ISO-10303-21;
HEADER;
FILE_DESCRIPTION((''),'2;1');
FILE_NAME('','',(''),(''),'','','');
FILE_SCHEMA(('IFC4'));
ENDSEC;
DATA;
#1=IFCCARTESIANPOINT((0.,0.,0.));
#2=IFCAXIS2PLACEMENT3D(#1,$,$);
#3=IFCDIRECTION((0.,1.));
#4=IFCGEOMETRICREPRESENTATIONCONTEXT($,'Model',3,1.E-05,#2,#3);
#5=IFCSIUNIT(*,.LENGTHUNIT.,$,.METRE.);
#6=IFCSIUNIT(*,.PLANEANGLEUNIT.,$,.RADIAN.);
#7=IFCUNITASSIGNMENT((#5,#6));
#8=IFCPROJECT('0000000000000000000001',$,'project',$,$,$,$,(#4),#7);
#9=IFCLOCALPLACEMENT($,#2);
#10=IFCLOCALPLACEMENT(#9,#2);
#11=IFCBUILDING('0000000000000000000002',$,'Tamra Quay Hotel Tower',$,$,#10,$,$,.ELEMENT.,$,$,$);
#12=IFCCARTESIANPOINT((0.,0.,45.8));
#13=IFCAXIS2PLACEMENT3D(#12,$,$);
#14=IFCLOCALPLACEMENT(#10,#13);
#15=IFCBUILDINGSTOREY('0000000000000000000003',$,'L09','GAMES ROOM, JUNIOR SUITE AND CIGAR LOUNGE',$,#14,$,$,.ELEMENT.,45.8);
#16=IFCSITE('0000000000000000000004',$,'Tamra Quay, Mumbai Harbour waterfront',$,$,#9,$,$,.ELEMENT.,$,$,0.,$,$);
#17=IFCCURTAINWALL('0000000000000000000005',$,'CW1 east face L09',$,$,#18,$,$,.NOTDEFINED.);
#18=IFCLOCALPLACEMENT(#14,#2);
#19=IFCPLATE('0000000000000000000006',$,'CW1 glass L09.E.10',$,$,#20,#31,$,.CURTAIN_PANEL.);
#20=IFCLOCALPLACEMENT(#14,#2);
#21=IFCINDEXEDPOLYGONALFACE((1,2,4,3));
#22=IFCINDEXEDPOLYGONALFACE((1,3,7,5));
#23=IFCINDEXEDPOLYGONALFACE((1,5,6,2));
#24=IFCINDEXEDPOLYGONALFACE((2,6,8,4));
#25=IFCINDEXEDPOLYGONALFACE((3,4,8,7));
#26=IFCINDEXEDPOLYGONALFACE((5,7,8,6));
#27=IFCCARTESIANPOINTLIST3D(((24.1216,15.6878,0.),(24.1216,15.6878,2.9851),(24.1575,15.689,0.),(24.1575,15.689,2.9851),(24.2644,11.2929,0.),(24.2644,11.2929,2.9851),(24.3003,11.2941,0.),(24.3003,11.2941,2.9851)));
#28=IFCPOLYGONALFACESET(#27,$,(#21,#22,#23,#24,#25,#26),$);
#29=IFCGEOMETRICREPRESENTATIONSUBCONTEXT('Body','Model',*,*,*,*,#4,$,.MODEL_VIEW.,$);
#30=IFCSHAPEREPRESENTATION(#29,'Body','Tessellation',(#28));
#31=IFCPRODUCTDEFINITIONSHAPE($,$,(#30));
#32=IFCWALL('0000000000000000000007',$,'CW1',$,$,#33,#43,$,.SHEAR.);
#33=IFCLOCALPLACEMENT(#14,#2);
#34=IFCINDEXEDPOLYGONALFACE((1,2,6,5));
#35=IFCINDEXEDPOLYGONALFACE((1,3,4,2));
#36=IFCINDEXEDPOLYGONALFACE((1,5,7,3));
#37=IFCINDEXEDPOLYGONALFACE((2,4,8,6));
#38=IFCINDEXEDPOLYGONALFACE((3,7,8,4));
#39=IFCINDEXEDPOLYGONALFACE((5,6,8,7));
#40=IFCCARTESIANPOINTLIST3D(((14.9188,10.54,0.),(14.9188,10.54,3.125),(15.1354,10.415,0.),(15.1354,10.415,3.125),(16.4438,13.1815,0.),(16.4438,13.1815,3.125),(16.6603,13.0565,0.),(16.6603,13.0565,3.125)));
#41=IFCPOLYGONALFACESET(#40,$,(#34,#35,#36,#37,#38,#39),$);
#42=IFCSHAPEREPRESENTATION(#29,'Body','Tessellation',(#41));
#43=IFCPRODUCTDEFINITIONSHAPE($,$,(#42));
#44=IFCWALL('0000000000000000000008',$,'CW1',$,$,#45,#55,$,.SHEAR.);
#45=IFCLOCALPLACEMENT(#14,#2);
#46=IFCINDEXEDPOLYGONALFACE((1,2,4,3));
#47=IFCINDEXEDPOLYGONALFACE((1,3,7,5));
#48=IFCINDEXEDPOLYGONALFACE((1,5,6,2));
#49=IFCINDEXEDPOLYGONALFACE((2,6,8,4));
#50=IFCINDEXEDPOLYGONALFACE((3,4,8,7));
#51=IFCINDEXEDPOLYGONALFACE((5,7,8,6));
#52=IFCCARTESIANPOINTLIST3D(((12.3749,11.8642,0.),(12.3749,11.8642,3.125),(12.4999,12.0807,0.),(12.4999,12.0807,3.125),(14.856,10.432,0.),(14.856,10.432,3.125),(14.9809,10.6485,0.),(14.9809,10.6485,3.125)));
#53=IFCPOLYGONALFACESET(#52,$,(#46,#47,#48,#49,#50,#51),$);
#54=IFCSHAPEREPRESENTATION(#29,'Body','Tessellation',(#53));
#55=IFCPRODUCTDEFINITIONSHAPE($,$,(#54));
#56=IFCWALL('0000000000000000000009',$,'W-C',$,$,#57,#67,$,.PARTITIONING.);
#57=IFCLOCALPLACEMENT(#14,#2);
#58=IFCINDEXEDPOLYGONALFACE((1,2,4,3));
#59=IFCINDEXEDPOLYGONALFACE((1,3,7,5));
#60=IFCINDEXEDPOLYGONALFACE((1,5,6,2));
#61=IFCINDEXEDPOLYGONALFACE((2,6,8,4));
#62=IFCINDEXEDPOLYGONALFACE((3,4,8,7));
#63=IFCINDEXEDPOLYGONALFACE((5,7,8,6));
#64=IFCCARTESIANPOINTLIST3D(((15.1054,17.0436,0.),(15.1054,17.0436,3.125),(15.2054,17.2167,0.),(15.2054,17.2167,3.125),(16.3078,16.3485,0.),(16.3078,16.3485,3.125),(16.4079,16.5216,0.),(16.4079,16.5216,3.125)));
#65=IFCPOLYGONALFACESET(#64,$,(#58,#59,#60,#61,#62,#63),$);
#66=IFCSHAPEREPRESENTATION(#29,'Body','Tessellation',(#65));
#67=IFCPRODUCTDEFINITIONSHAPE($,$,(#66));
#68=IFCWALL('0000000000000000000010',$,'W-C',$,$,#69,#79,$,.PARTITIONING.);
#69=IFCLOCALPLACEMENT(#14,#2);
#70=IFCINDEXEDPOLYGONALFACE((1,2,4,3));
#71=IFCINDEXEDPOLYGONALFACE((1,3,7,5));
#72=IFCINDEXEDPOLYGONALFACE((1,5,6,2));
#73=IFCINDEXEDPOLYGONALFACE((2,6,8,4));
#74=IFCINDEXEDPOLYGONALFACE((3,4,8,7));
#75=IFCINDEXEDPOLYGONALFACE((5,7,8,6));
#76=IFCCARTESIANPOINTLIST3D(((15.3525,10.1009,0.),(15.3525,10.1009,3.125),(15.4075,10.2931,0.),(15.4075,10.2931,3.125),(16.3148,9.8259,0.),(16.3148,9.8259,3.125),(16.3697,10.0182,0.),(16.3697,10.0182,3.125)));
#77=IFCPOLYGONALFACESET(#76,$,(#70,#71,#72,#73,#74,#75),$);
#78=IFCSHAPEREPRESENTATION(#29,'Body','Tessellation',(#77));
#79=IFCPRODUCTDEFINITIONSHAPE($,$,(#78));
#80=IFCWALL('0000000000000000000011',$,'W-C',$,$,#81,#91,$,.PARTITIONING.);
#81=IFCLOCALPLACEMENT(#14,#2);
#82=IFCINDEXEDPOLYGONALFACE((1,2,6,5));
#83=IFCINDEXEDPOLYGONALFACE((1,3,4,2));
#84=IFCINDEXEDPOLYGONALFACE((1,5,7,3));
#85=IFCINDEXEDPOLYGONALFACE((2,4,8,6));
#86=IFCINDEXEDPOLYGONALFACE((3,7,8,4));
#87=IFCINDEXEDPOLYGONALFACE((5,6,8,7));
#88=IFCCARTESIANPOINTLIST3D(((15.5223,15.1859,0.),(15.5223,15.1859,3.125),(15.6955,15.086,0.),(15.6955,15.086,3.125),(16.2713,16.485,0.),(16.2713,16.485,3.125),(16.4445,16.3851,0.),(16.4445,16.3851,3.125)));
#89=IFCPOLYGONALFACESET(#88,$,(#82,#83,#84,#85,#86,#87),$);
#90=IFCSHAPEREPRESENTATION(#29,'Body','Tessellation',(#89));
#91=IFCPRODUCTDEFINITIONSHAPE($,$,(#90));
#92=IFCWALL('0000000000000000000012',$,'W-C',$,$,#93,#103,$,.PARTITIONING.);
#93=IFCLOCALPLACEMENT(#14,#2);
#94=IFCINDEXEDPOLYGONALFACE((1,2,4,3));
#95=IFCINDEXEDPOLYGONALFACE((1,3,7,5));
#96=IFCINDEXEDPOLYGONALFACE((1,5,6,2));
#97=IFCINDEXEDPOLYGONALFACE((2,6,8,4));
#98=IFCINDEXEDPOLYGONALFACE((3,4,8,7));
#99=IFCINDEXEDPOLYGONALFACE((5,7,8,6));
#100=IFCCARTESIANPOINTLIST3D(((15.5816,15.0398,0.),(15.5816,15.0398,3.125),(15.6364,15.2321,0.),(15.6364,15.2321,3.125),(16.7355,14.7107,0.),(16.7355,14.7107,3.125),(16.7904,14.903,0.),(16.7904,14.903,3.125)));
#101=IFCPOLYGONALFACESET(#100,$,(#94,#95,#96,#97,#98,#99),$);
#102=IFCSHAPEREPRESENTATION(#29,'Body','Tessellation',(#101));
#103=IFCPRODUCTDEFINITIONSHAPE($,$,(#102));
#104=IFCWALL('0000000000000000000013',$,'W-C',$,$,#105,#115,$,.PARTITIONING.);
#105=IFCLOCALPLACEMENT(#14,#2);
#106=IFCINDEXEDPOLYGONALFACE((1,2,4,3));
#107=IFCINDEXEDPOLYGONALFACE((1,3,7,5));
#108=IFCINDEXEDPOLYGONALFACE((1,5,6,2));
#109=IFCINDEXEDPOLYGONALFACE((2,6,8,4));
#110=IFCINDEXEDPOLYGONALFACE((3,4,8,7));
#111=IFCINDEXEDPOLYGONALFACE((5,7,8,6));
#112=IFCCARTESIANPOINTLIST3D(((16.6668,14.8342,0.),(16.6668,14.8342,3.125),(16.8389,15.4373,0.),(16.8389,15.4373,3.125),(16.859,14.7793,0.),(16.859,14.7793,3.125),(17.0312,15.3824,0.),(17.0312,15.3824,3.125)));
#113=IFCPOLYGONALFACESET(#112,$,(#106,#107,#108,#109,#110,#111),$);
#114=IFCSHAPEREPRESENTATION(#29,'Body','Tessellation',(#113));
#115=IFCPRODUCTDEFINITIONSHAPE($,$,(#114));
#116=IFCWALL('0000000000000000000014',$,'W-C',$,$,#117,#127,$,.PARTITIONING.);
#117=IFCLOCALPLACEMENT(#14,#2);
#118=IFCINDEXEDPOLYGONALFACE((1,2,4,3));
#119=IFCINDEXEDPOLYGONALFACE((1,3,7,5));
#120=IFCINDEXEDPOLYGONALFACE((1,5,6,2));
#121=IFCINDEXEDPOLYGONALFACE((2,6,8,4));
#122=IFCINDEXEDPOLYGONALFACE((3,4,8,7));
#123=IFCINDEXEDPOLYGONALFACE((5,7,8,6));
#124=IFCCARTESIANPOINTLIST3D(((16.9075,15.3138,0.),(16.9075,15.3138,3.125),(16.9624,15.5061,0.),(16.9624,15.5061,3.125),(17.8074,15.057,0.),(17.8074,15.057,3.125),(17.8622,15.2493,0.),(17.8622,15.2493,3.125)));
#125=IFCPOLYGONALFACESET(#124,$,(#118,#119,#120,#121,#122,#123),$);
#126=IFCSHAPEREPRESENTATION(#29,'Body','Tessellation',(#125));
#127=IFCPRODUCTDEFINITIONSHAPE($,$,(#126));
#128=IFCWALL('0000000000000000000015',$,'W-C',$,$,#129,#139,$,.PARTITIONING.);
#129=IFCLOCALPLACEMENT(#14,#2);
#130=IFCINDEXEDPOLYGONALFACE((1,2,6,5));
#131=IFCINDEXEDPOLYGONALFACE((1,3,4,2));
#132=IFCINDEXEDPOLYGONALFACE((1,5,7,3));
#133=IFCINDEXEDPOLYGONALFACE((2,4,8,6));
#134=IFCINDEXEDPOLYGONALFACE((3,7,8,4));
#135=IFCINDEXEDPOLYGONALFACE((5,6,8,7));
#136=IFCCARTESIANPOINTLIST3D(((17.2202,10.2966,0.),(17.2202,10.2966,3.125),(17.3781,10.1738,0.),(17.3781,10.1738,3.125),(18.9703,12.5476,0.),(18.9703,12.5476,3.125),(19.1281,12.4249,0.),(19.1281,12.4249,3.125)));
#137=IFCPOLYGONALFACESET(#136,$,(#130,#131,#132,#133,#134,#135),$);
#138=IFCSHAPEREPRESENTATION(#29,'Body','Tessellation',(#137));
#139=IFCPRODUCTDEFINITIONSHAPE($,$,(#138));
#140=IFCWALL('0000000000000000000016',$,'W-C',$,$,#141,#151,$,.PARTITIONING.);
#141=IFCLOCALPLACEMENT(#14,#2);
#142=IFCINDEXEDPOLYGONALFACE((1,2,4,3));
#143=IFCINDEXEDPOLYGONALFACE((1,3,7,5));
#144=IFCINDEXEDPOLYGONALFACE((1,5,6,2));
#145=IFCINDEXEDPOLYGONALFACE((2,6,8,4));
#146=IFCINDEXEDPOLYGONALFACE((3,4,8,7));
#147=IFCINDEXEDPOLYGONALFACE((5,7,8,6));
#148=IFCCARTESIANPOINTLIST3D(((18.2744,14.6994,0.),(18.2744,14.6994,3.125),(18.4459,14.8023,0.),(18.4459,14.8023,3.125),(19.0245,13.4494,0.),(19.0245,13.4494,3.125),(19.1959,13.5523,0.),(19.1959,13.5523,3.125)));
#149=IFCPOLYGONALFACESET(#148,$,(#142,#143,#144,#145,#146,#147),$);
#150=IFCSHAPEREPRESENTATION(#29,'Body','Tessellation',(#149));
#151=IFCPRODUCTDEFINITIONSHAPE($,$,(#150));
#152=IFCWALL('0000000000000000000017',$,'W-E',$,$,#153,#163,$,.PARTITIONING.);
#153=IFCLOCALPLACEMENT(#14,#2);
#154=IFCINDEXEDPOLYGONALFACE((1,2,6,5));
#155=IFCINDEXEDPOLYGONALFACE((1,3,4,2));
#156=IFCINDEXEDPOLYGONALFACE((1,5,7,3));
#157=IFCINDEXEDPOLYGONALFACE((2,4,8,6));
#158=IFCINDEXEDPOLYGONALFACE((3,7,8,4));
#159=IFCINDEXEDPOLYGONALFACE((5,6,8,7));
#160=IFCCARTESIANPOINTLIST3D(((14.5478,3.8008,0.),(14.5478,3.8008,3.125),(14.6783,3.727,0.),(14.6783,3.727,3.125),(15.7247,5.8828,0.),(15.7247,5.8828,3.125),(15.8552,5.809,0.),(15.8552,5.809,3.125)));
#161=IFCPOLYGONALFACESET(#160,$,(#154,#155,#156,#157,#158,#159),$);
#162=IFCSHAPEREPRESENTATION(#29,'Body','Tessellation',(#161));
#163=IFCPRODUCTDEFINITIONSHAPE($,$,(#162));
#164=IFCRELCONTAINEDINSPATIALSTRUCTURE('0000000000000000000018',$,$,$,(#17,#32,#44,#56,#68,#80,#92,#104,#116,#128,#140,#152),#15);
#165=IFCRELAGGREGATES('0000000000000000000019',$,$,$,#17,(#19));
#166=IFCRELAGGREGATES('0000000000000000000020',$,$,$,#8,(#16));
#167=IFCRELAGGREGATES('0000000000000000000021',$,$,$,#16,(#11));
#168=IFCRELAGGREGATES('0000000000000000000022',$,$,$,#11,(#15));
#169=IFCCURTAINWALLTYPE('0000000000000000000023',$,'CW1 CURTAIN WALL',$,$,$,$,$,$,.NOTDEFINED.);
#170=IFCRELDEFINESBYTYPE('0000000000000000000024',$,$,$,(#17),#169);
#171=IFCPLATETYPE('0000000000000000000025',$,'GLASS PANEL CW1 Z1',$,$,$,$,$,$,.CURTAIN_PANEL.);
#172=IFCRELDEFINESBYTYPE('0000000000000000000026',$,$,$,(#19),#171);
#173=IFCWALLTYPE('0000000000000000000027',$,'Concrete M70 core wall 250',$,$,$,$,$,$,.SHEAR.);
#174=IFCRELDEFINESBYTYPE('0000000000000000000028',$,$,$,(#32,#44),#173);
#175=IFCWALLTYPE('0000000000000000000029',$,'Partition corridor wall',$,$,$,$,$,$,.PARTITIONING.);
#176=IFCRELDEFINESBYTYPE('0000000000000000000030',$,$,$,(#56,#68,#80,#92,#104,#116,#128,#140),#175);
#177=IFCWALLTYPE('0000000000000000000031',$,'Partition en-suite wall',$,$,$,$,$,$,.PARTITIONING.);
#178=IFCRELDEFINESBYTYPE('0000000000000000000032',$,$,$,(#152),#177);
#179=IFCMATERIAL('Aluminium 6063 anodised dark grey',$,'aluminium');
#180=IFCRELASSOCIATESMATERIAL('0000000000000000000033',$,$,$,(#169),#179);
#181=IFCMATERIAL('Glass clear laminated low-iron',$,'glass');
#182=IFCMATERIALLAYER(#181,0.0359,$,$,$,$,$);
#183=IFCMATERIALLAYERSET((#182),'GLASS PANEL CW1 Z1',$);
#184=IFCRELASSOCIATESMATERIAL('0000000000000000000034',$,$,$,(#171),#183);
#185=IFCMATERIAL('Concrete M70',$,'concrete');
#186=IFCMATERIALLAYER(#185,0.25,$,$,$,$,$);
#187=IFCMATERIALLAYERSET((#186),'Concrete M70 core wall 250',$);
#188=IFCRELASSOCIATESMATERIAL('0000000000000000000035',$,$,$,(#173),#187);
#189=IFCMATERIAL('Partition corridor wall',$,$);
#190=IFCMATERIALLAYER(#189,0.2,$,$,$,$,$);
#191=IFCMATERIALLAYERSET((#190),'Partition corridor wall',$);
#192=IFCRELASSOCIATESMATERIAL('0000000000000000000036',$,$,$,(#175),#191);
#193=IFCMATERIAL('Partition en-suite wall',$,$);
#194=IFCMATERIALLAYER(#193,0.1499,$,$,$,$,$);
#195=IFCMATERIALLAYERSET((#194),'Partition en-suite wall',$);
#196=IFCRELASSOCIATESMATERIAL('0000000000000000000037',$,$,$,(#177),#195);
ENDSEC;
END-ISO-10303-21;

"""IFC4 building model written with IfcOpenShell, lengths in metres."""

from ifc_helpers import new_model, si_unit, direction, frame, frame_2d, origin, origin_2d, place, context, subcontext, project, spatial, rectangle, extrude, material, layer, layer_set, type_object, element, aggregate, save


model = new_model("IFC4")

# Units and contexts
model_context = context("Model", 3, precision=1e-05, world=origin(), true_north=direction((0.0, 1.0)))
body_context = subcontext(model_context, "Body", "Model", "MODEL_VIEW")
ifc_project = project(units=[si_unit("LENGTHUNIT", "METRE"), si_unit("PLANEANGLEUNIT", "RADIAN")], contexts=[model_context])

# Site, building, storey
site_placement = place(None, origin())
site = spatial("IfcSite", under=ifc_project, at=site_placement, Name="Tamra Quay, Mumbai Harbour waterfront", CompositionType="ELEMENT", RefElevation=0.0)
building_placement = place(site_placement, origin())
building = spatial("IfcBuilding", under=site, at=building_placement, Name="Tamra Quay Hotel Tower", CompositionType="ELEMENT")
storey_placement = place(building_placement, frame((0.0, 0.0, 45.8)))
storey = spatial("IfcBuildingStorey", under=building, at=storey_placement, Name="L09", Description="GAMES ROOM, JUNIOR SUITE AND CIGAR LOUNGE", CompositionType="ELEMENT", Elevation=45.8)

# Shared definitions
ifc_material_1 = material(Name="Concrete M70", Category="concrete")

# Curtain wall
ifc_material_2 = material(Name="Aluminium 6063 anodised dark grey", Category="aluminium")
curtain_wall_type = type_object("IfcCurtainWallType", Name="CW1 CURTAIN WALL", PredefinedType="NOTDEFINED", material=ifc_material_2)
curtain_wall_placement = place(storey_placement, origin())
curtain_wall = element("IfcCurtainWall", 1, at=curtain_wall_placement, inside=storey, type_object=curtain_wall_type, Name="CW1 east face L09", PredefinedType="NOTDEFINED")

# Plate
ifc_material_3 = material(Name="Glass clear laminated low-iron", Category="glass")
ifc_layer_1 = layer(ifc_material_3, 0.0359)
ifc_layer_set_1 = layer_set([ifc_layer_1], Name="GLASS PANEL CW1 Z1")
plate_type = type_object("IfcPlateType", Name="GLASS PANEL CW1 Z1", PredefinedType="CURTAIN_PANEL", material=ifc_layer_set_1)
plate_1_placement = place(storey_placement, frame((24.2109, 13.491, 0.0), z_axis=(0.0, 0.0, 1.0), x_axis=(-0.032475, 0.999473, 0.0)))
plate_1 = element("IfcPlate", 2, at=plate_1_placement, type_object=plate_type, Name="CW1 glass L09.E.10", PredefinedType="CURTAIN_PANEL", context=body_context, shape_type="SweptSolid", body=[
    extrude(rectangle(XDim=4.3972, YDim=0.0359, at=origin_2d()), origin(), (0.0, 0.0, 1.0), 2.9851),
])
aggregate(curtain_wall, [plate_1])

# Walls
ifc_layer_2 = layer(ifc_material_1, 0.25)
ifc_layer_set_2 = layer_set([ifc_layer_2], Name="Concrete M70 core wall 250")
wall_type_1 = type_object("IfcWallType", Name="Concrete M70 core wall 250", PredefinedType="SHEAR", material=ifc_layer_set_2)
wall_1_placement = place(storey_placement, frame((16.552, 13.1189, 0.0), z_axis=(0.0, 0.0, 1.0), x_axis=(-0.499979, -0.866038, 0.0)))
element("IfcWall", 3, at=wall_1_placement, inside=storey, type_object=wall_type_1, Name="CW1", PredefinedType="SHEAR", context=body_context, shape_type="SweptSolid", body=[
    extrude(rectangle(XDim=3.05, YDim=0.25, at=frame_2d((1.5249, 0.0))), origin(), (0.0, 0.0, 1.0), 3.125),
])
wall_2_placement = place(storey_placement, frame((14.9185, 10.5403, 0.0), z_axis=(0.0, 0.0, 1.0), x_axis=(-0.866064, 0.499934, 0.0)))
element("IfcWall", 4, at=wall_2_placement, inside=storey, type_object=wall_type_1, Name="CW1", PredefinedType="SHEAR", context=body_context, shape_type="SweptSolid", body=[
    extrude(rectangle(XDim=2.8647, YDim=0.25, at=frame_2d((1.4324, 0.0))), origin(), (0.0, 0.0, 1.0), 3.125),
])
ifc_material_4 = material(Name="Partition corridor wall")
ifc_layer_3 = layer(ifc_material_4, 0.2)
ifc_layer_set_3 = layer_set([ifc_layer_3], Name="Partition corridor wall")
wall_type_2 = type_object("IfcWallType", Name="Partition corridor wall", PredefinedType="PARTITIONING", material=ifc_layer_set_3)
wall_3_placement = place(storey_placement, frame((15.1555, 17.1301, 0.0), z_axis=(0.0, 0.0, 1.0), x_axis=(0.865755, -0.500468, 0.0)))
element("IfcWall", 5, at=wall_3_placement, inside=storey, type_object=wall_type_2, Name="W-C", PredefinedType="PARTITIONING", context=body_context, shape_type="SweptSolid", body=[
    extrude(rectangle(XDim=1.3889, YDim=0.2, at=frame_2d((0.6943, 0.0))), origin(), (0.0, 0.0, 1.0), 3.125),
])
wall_4_placement = place(storey_placement, frame((15.3799, 10.197, 0.0), z_axis=(0.0, 0.0, 1.0), x_axis=(0.961524, -0.274721, 0.0)))
element("IfcWall", 6, at=wall_4_placement, inside=storey, type_object=wall_type_2, Name="W-C", PredefinedType="PARTITIONING", context=body_context, shape_type="SweptSolid", body=[
    extrude(rectangle(XDim=1.0007, YDim=0.2, at=frame_2d((0.5005, 0.0))), origin(), (0.0, 0.0, 1.0), 3.125),
])
wall_5_placement = place(storey_placement, frame((15.6089, 15.136, 0.0), z_axis=(0.0, 0.0, 1.0), x_axis=(0.499502, 0.866313, 0.0)))
element("IfcWall", 7, at=wall_5_placement, inside=storey, type_object=wall_type_2, Name="W-C", PredefinedType="PARTITIONING", context=body_context, shape_type="SweptSolid", body=[
    extrude(rectangle(XDim=1.4995, YDim=0.2, at=frame_2d((0.7498, 0.0))), origin(), (0.0, 0.0, 1.0), 3.125),
])
wall_6_placement = place(storey_placement, frame((15.6089, 15.136, 0.0), z_axis=(0.0, 0.0, 1.0), x_axis=(0.961662, -0.274237, 0.0)))
element("IfcWall", 8, at=wall_6_placement, inside=storey, type_object=wall_type_2, Name="W-C", PredefinedType="PARTITIONING", context=body_context, shape_type="SweptSolid", body=[
    extrude(rectangle(XDim=1.2, YDim=0.2, at=frame_2d((0.6001, 0.0))), origin(), (0.0, 0.0, 1.0), 3.125),
])
wall_7_placement = place(storey_placement, frame((16.7629, 14.8069, 0.0), z_axis=(0.0, 0.0, 1.0), x_axis=(0.274464, 0.961597, 0.0)))
element("IfcWall", 9, at=wall_7_placement, inside=storey, type_object=wall_type_2, Name="W-C", PredefinedType="PARTITIONING", context=body_context, shape_type="SweptSolid", body=[
    extrude(rectangle(XDim=0.6272, YDim=0.2, at=frame_2d((0.3135, 0.0))), origin(), (0.0, 0.0, 1.0), 3.125),
])
wall_8_placement = place(storey_placement, frame((16.9351, 15.4099, 0.0), z_axis=(0.0, 0.0, 1.0), x_axis=(0.961603, -0.274445, 0.0)))
element("IfcWall", 10, at=wall_8_placement, inside=storey, type_object=wall_type_2, Name="W-C", PredefinedType="PARTITIONING", context=body_context, shape_type="SweptSolid", body=[
    extrude(rectangle(XDim=0.9358, YDim=0.2, at=frame_2d((0.4678, 0.0))), origin(), (0.0, 0.0, 1.0), 3.125),
])
wall_9_placement = place(storey_placement, frame((17.2991, 10.2351, 0.0), z_axis=(0.0, 0.0, 1.0), x_axis=(0.613775, 0.789481, 0.0)))
element("IfcWall", 11, at=wall_9_placement, inside=storey, type_object=wall_type_2, Name="W-C", PredefinedType="PARTITIONING", context=body_context, shape_type="SweptSolid", body=[
    extrude(rectangle(XDim=2.8513, YDim=0.2, at=frame_2d((1.4258, 0.0))), origin(), (0.0, 0.0, 1.0), 3.125),
])
wall_10_placement = place(storey_placement, frame((18.3601, 14.751, 0.0), z_axis=(0.0, 0.0, 1.0), x_axis=(0.514496, -0.857493, 0.0)))
element("IfcWall", 12, at=wall_10_placement, inside=storey, type_object=wall_type_2, Name="W-C", PredefinedType="PARTITIONING", context=body_context, shape_type="SweptSolid", body=[
    extrude(rectangle(XDim=1.4578, YDim=0.2, at=frame_2d((0.729, 0.0))), origin(), (0.0, 0.0, 1.0), 3.125),
])
ifc_material_5 = material(Name="Partition en-suite wall")
ifc_layer_4 = layer(ifc_material_5, 0.1499)
ifc_layer_set_4 = layer_set([ifc_layer_4], Name="Partition en-suite wall")
wall_type_3 = type_object("IfcWallType", Name="Partition en-suite wall", PredefinedType="PARTITIONING", material=ifc_layer_set_4)
wall_11_placement = place(storey_placement, frame((14.613, 3.7639, 0.0), z_axis=(0.0, 0.0, 1.0), x_axis=(0.492121, 0.870527, 0.0)))
element("IfcWall", 13, at=wall_11_placement, inside=storey, type_object=wall_type_3, Name="W-E", PredefinedType="PARTITIONING", context=body_context, shape_type="SweptSolid", body=[
    extrude(rectangle(XDim=2.3916, YDim=0.1499, at=frame_2d((1.1958, 0.0))), origin(), (0.0, 0.0, 1.0), 3.125),
])

save(model, "model.ifc")
